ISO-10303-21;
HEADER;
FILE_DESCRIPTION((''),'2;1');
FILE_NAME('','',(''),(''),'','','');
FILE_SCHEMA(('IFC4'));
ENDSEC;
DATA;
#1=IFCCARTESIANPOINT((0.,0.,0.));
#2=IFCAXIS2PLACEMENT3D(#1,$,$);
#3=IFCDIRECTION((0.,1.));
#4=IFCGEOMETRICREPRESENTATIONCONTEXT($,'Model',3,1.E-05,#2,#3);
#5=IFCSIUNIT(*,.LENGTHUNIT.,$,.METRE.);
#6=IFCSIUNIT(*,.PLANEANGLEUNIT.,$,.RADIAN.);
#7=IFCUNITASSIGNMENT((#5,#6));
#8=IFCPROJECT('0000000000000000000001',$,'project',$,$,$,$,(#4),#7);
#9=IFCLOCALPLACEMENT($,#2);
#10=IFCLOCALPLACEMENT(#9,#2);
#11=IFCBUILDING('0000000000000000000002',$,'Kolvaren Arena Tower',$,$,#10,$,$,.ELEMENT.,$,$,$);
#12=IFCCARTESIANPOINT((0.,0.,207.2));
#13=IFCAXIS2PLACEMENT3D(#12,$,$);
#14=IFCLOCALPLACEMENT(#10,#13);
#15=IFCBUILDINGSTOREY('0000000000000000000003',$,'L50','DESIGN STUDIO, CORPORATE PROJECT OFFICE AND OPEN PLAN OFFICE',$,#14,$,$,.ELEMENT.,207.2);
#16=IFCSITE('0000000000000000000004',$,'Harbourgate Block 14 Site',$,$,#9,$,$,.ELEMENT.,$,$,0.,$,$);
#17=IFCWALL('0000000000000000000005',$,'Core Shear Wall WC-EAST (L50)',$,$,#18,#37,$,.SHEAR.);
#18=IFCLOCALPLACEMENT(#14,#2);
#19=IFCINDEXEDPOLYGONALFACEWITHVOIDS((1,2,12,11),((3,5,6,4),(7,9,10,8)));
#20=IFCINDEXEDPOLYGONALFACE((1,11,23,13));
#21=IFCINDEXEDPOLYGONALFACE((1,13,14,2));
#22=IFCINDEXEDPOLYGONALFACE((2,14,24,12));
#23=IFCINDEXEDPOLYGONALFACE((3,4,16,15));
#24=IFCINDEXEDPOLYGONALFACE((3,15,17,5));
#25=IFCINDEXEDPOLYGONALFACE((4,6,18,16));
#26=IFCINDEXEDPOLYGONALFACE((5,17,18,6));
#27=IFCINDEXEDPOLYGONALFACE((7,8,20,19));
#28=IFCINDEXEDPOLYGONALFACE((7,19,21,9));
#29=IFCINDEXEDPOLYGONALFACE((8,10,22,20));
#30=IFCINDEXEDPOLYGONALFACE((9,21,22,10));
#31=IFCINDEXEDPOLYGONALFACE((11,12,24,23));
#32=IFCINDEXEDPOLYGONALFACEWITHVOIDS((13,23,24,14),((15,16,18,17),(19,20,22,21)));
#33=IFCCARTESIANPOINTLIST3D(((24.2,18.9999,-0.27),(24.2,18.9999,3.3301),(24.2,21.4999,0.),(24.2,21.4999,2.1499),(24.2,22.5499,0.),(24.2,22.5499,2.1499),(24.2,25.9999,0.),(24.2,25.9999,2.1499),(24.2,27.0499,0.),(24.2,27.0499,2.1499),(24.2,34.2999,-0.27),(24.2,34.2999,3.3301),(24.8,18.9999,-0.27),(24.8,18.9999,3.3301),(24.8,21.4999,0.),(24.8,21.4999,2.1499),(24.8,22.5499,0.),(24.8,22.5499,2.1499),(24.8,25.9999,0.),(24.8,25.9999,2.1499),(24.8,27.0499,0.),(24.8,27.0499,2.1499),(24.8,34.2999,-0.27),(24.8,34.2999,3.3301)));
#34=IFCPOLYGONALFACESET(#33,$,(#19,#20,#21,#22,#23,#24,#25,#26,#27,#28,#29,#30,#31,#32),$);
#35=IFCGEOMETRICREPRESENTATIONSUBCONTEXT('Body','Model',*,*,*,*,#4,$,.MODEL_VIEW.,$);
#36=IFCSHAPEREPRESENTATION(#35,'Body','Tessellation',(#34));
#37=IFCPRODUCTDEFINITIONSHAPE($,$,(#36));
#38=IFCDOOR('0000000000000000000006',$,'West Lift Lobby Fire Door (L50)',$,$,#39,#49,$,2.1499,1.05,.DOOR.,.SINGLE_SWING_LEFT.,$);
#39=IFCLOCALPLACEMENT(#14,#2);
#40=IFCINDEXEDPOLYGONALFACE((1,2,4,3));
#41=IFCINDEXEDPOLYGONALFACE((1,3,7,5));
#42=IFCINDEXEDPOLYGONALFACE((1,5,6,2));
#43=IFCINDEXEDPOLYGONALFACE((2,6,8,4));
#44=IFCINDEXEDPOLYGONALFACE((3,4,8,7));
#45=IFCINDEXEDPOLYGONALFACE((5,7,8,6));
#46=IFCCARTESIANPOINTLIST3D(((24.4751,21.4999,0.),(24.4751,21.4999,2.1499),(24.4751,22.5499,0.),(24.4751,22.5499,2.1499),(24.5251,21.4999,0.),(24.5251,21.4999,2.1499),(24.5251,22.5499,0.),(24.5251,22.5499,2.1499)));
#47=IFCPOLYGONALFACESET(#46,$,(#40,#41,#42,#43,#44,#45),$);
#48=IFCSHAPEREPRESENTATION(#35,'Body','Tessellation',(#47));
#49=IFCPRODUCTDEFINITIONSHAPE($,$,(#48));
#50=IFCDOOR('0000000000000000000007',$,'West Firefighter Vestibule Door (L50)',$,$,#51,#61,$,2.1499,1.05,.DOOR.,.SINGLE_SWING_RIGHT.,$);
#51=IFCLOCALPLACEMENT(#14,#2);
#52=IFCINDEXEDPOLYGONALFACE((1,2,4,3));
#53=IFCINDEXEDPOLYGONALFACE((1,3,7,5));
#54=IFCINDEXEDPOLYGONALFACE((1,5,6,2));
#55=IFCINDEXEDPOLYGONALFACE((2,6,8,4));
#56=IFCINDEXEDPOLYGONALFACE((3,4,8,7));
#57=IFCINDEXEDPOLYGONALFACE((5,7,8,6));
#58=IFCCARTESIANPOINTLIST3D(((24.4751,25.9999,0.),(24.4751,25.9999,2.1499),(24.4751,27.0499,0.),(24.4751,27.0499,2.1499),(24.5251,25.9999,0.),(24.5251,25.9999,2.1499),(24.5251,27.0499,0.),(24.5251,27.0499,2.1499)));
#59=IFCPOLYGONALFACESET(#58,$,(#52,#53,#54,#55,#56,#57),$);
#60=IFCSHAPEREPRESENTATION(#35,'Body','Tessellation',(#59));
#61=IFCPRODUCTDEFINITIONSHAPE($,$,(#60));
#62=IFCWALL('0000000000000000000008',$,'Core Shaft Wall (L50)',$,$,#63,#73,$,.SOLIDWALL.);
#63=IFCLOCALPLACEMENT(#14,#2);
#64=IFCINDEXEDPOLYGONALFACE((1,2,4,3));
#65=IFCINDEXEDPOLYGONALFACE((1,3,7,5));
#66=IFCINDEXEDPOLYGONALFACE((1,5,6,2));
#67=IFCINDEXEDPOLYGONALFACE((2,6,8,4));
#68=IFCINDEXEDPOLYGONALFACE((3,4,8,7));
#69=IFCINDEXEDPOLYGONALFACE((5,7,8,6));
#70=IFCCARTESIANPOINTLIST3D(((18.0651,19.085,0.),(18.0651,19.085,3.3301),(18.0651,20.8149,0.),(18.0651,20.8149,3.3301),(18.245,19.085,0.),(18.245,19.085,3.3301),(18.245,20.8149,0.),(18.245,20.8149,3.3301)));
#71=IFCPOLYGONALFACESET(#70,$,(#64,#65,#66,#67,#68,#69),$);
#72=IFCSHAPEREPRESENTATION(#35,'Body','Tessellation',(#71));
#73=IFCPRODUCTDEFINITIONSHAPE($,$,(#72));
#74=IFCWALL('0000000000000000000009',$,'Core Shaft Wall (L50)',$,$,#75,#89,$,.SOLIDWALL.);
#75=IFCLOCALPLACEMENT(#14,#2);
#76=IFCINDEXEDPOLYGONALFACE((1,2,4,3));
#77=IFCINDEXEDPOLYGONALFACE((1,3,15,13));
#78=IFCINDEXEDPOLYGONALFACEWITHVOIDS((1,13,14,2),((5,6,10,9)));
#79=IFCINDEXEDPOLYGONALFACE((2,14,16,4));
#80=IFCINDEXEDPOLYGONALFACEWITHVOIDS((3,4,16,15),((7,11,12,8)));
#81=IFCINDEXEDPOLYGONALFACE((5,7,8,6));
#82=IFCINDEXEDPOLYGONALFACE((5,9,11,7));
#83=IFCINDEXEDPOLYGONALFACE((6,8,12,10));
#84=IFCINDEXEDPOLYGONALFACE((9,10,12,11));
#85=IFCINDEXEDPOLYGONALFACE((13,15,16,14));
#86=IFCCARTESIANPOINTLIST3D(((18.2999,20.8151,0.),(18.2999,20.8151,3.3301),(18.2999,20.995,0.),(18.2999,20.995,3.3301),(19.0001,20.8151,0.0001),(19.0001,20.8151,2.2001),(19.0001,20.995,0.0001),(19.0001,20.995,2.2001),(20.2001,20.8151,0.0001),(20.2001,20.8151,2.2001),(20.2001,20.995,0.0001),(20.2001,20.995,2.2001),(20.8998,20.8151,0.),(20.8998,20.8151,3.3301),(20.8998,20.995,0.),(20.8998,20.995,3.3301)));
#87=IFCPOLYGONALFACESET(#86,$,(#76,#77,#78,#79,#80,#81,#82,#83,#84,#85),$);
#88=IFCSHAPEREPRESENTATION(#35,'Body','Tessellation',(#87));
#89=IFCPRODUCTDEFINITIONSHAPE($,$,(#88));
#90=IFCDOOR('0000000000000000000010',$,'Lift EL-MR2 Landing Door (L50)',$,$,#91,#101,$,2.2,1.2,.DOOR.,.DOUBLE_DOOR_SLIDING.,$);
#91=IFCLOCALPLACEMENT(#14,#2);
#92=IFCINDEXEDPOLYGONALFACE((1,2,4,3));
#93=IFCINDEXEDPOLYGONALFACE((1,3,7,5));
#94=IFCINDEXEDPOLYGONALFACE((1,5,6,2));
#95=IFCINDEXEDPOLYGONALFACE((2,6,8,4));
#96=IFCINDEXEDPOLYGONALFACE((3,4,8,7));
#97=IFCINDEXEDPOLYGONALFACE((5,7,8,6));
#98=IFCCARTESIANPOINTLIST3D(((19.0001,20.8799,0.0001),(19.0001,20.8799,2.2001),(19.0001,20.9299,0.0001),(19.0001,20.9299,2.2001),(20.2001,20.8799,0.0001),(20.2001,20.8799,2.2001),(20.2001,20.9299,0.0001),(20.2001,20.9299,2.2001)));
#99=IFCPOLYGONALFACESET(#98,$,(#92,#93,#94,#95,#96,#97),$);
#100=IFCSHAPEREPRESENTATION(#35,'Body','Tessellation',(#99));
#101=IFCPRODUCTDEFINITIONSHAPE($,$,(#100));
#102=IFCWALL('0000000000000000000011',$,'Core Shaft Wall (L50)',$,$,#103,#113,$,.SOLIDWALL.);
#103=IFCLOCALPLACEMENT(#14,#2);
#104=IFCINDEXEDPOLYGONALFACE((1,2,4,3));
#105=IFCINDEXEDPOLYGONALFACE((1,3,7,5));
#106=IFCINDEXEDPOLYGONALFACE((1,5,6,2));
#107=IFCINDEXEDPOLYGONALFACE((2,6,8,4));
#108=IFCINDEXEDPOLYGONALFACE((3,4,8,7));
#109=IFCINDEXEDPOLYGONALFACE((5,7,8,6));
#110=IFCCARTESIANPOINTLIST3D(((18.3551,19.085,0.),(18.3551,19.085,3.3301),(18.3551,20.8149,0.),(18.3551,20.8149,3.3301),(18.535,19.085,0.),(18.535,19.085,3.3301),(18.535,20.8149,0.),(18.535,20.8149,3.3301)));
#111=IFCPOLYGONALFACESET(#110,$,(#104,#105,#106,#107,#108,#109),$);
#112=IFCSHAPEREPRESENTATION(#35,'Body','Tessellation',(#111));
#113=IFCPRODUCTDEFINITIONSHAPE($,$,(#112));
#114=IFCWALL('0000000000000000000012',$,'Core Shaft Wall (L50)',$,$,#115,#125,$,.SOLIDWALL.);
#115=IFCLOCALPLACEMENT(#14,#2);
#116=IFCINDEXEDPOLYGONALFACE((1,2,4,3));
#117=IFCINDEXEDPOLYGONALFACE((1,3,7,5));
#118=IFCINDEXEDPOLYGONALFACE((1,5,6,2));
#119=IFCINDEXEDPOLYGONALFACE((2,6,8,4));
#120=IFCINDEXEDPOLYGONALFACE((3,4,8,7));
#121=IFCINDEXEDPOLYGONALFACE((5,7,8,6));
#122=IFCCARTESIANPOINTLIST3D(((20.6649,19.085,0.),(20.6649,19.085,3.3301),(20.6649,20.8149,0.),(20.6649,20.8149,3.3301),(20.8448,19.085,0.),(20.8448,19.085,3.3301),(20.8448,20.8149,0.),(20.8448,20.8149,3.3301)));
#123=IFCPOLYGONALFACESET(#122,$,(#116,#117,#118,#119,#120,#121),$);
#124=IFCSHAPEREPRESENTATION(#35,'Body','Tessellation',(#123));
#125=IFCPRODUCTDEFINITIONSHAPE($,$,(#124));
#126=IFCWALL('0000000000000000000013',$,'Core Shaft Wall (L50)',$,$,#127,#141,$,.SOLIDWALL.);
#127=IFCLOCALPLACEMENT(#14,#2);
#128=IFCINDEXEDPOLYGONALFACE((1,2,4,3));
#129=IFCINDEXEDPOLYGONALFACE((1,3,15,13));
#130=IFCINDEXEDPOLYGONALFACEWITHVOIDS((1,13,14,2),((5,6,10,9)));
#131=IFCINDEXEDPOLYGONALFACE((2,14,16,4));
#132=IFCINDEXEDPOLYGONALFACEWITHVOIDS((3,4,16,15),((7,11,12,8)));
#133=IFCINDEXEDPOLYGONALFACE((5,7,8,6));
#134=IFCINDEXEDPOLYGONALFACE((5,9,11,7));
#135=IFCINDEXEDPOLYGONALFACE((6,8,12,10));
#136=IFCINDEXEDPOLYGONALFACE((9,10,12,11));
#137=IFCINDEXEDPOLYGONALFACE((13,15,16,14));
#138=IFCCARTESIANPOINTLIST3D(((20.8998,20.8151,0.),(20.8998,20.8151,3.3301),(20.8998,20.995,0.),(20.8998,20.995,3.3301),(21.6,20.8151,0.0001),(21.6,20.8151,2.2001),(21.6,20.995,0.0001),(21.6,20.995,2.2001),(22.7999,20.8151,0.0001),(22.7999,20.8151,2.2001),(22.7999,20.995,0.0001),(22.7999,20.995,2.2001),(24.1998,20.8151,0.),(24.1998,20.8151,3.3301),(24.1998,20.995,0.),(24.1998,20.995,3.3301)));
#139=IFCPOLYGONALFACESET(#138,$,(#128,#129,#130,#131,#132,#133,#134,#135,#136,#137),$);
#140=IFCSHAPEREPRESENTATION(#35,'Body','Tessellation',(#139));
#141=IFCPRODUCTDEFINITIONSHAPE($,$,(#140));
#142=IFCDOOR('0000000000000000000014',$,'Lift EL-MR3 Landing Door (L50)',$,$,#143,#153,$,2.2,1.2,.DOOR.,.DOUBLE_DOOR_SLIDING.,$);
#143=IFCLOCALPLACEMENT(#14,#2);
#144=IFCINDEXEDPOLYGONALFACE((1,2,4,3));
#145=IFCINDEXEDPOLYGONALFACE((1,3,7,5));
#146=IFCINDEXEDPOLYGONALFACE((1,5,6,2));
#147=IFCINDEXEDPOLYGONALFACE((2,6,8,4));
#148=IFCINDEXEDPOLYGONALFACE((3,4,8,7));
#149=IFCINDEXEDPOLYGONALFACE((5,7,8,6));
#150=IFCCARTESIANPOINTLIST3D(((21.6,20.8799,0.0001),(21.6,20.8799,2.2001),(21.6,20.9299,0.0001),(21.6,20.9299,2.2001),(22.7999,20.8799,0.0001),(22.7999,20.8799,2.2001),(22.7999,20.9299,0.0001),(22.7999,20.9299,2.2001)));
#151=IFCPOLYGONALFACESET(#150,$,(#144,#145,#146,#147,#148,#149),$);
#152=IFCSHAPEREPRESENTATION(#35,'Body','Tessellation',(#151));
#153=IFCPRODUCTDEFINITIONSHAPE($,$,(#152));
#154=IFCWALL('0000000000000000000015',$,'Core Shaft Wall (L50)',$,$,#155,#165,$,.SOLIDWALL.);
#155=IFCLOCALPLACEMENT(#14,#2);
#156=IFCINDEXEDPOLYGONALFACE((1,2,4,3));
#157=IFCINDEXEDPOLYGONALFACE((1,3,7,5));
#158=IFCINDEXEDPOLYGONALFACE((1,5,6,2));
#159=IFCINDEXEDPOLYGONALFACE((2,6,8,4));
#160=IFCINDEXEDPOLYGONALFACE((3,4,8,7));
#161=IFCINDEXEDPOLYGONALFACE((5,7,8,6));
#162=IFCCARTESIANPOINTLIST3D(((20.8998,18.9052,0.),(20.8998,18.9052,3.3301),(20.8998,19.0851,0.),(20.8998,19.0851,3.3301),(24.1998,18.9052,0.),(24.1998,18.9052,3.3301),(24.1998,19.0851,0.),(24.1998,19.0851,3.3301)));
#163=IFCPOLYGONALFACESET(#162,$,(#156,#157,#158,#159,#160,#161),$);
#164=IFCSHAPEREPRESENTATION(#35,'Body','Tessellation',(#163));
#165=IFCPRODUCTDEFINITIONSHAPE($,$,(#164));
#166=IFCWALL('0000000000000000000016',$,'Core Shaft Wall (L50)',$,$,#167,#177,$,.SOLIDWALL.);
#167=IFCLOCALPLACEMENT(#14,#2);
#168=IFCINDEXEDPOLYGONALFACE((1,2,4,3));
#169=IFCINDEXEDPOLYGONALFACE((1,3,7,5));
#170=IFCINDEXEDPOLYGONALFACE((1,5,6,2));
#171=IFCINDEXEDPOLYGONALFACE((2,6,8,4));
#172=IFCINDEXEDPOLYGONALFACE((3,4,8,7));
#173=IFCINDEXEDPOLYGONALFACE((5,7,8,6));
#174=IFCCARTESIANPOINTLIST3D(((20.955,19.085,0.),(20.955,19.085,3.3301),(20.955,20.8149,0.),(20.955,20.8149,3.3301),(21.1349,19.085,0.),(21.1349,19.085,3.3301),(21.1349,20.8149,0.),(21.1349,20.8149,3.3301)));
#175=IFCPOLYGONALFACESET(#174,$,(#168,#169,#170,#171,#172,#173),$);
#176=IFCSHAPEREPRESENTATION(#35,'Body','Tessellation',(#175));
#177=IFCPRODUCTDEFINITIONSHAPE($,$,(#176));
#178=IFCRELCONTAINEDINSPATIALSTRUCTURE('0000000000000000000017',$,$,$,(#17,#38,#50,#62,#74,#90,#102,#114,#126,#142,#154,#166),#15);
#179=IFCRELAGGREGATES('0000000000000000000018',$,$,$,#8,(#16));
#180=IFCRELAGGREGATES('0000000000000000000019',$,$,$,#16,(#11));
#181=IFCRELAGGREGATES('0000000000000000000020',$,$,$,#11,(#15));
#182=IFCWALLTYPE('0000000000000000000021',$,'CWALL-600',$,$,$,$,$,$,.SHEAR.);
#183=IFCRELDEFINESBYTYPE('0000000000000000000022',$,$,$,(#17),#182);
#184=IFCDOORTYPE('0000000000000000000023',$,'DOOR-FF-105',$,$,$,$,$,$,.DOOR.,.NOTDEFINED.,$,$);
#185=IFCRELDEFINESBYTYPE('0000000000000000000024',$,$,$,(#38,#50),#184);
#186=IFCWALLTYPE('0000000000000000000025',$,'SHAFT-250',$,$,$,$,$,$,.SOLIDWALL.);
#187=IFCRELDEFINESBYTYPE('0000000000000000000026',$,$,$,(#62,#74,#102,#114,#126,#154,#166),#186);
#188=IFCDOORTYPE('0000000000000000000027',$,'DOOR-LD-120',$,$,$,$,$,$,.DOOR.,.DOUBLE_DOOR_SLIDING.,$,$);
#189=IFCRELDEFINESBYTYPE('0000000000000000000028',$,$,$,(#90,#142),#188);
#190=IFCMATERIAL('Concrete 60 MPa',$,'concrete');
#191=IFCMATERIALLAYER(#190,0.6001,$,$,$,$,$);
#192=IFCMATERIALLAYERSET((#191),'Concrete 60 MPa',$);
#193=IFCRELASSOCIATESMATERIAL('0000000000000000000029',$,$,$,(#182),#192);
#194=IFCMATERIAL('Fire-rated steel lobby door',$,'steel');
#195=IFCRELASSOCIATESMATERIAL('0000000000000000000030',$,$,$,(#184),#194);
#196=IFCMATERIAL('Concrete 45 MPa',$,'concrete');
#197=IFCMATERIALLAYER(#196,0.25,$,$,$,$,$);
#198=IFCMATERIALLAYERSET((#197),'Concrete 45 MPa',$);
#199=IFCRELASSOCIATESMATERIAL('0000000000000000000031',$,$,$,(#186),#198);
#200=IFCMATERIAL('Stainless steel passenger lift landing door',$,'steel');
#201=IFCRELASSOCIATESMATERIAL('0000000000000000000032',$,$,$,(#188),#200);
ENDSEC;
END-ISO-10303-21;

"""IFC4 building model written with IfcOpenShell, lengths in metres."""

from ifc_helpers import new_model, si_unit, direction, frame, frame_2d, origin, place, context, subcontext, project, spatial, rectangle, extrude, material, layer, layer_set, type_object, element, fill, save


model = new_model("IFC4")

# Units and contexts
model_context = context("Model", 3, precision=1e-05, world=origin(), true_north=direction((0.0, 1.0)))
body_context = subcontext(model_context, "Body", "Model", "MODEL_VIEW")
ifc_project = project(units=[si_unit("LENGTHUNIT", "METRE"), si_unit("PLANEANGLEUNIT", "RADIAN")], contexts=[model_context])

# Site, building, storey
site_placement = place(None, origin())
site = spatial("IfcSite", under=ifc_project, at=site_placement, Name="Harbourgate Block 14 Site", CompositionType="ELEMENT", RefElevation=0.0)
building_placement = place(site_placement, origin())
building = spatial("IfcBuilding", under=site, at=building_placement, Name="Kolvaren Arena Tower", CompositionType="ELEMENT")
storey_placement = place(building_placement, frame((0.0, 0.0, 207.2)))
storey = spatial("IfcBuildingStorey", under=building, at=storey_placement, Name="L50", Description="DESIGN STUDIO, CORPORATE PROJECT OFFICE AND OPEN PLAN OFFICE", CompositionType="ELEMENT", Elevation=207.2)

# Wall, openings, doors
ifc_material_1 = material(Name="Concrete 60 MPa", Category="concrete")
ifc_layer_1 = layer(ifc_material_1, 0.6001)
ifc_layer_set_1 = layer_set([ifc_layer_1], Name="Concrete 60 MPa")
wall_type_1 = type_object("IfcWallType", Name="CWALL-600", PredefinedType="SHEAR", material=ifc_layer_set_1)
wall_1_placement = place(storey_placement, frame((24.5, 19.0, -0.27), z_axis=(0.0, 0.0, 1.0), x_axis=(0.0, 1.0, 0.0)))
wall_1 = element("IfcWall", 1, at=wall_1_placement, inside=storey, type_object=wall_type_1, Name="Core Shear Wall WC-EAST (L50)", PredefinedType="SHEAR", context=body_context, shape_type="SweptSolid", body=[
    extrude(rectangle(XDim=15.3, YDim=0.6001, at=frame_2d((7.6499, 0.0))), origin(), (0.0, 0.0, 1.0), 3.6001),
])
opening_1_placement = place(wall_1_placement, frame((2.5, 0.0, 0.27)))
opening_1 = element("IfcOpeningElement", 2, at=opening_1_placement, cuts=wall_1, PredefinedType="OPENING", context=body_context, shape_type="SweptSolid", body=[
    extrude(rectangle(XDim=1.05, YDim=2.1499, at=frame_2d((0.5249, 1.075))), frame((0.0, 0.3101, 0.0), z_axis=(0.0, -1.0, 0.0), x_axis=(1.0, 0.0, 0.0)), (0.0, 0.0, 1.0), 0.6201),
])
opening_2_placement = place(wall_1_placement, frame((7.0, 0.0, 0.27)))
opening_2 = element("IfcOpeningElement", 3, at=opening_2_placement, cuts=wall_1, PredefinedType="OPENING", context=body_context, shape_type="SweptSolid", body=[
    extrude(rectangle(XDim=1.05, YDim=2.1499, at=frame_2d((0.5249, 1.075))), frame((0.0, 0.3101, 0.0), z_axis=(0.0, -1.0, 0.0), x_axis=(1.0, 0.0, 0.0)), (0.0, 0.0, 1.0), 0.6201),
])
ifc_material_2 = material(Name="Fire-rated steel lobby door", Category="steel")
door_type_1 = type_object("IfcDoorType", Name="DOOR-FF-105", OperationType="NOTDEFINED", PredefinedType="DOOR", material=ifc_material_2)
door_1_placement = place(opening_1_placement, origin())
door_1 = element("IfcDoor", 4, at=door_1_placement, inside=storey, type_object=door_type_1, Name="West Lift Lobby Fire Door (L50)", OperationType="SINGLE_SWING_LEFT", OverallHeight=2.1499, OverallWidth=1.05, PredefinedType="DOOR", context=body_context, shape_type="SweptSolid", body=[
    extrude(rectangle(XDim=1.05, YDim=2.1499, at=frame_2d((0.5249, 1.075))), frame((0.0, 0.0249, 0.0), z_axis=(0.0, -1.0, 0.0), x_axis=(1.0, 0.0, 0.0)), (0.0, 0.0, 1.0), 0.05),
])
fill(opening_1, door_1)
door_2_placement = place(opening_2_placement, origin())
door_2 = element("IfcDoor", 5, at=door_2_placement, inside=storey, type_object=door_type_1, Name="West Firefighter Vestibule Door (L50)", OperationType="SINGLE_SWING_RIGHT", OverallHeight=2.1499, OverallWidth=1.05, PredefinedType="DOOR", context=body_context, shape_type="SweptSolid", body=[
    extrude(rectangle(XDim=1.05, YDim=2.1499, at=frame_2d((0.5249, 1.075))), frame((0.0, 0.0249, 0.0), z_axis=(0.0, -1.0, 0.0), x_axis=(1.0, 0.0, 0.0)), (0.0, 0.0, 1.0), 0.05),
])
fill(opening_2, door_2)

# Wall
ifc_material_3 = material(Name="Concrete 45 MPa", Category="concrete")
ifc_layer_2 = layer(ifc_material_3, 0.25)
ifc_layer_set_2 = layer_set([ifc_layer_2], Name="Concrete 45 MPa")
wall_type_2 = type_object("IfcWallType", Name="SHAFT-250", PredefinedType="SOLIDWALL", material=ifc_layer_set_2)
wall_2_placement = place(storey_placement, frame((18.155, 19.085, 0.0), z_axis=(0.0, 0.0, 1.0), x_axis=(0.0, 1.0, 0.0)))
element("IfcWall", 6, at=wall_2_placement, inside=storey, type_object=wall_type_2, Name="Core Shaft Wall (L50)", PredefinedType="SOLIDWALL", context=body_context, shape_type="SweptSolid", body=[
    extrude(rectangle(XDim=1.73, YDim=0.1799, at=frame_2d((0.865, 0.0))), origin(), (0.0, 0.0, 1.0), 3.3301),
])

# Wall, opening, door
wall_3_placement = place(storey_placement, frame((18.3, 20.905, 0.0), z_axis=(0.0, 0.0, 1.0), x_axis=(1.0, 0.0, 0.0)))
wall_3 = element("IfcWall", 7, at=wall_3_placement, inside=storey, type_object=wall_type_2, Name="Core Shaft Wall (L50)", PredefinedType="SOLIDWALL", context=body_context, shape_type="SweptSolid", body=[
    extrude(rectangle(XDim=2.5999, YDim=0.1799, at=frame_2d((1.2998, 0.0))), origin(), (0.0, 0.0, 1.0), 3.3301),
])
opening_3_placement = place(wall_3_placement, frame((0.7, 0.0, 0.0)))
opening_3 = element("IfcOpeningElement", 8, at=opening_3_placement, cuts=wall_3, PredefinedType="OPENING", context=body_context, shape_type="SweptSolid", body=[
    extrude(rectangle(XDim=1.2, YDim=2.2, at=frame_2d((0.6001, 1.1001))), frame((0.0, 0.0999, 0.0), z_axis=(0.0, -1.0, 0.0), x_axis=(1.0, 0.0, 0.0)), (0.0, 0.0, 1.0), 0.2),
])
ifc_material_4 = material(Name="Stainless steel passenger lift landing door", Category="steel")
door_type_2 = type_object("IfcDoorType", Name="DOOR-LD-120", OperationType="DOUBLE_DOOR_SLIDING", PredefinedType="DOOR", material=ifc_material_4)
door_3_placement = place(opening_3_placement, origin())
door_3 = element("IfcDoor", 9, at=door_3_placement, inside=storey, type_object=door_type_2, Name="Lift EL-MR2 Landing Door (L50)", OperationType="DOUBLE_DOOR_SLIDING", OverallHeight=2.2, OverallWidth=1.2, PredefinedType="DOOR", context=body_context, shape_type="SweptSolid", body=[
    extrude(rectangle(XDim=1.2, YDim=2.2, at=frame_2d((0.6001, 1.1001))), frame((0.0, 0.0249, 0.0), z_axis=(0.0, -1.0, 0.0), x_axis=(1.0, 0.0, 0.0)), (0.0, 0.0, 1.0), 0.05),
])
fill(opening_3, door_3)

# Walls
for number, where, z_axis, x_axis, name in (
    (10, (18.4451, 19.085, 0.0), (0.0, 0.0, 1.0), (0.0, 1.0, 0.0), "Core Shaft Wall (L50)"),
    (11, (20.7549, 19.085, 0.0), (0.0, 0.0, 1.0), (0.0, 1.0, 0.0), "Core Shaft Wall (L50)"),
):
    element("IfcWall", number, at=place(storey_placement, frame(where, z_axis=z_axis, x_axis=x_axis)), inside=storey, type_object=wall_type_2, Name=name, PredefinedType="SOLIDWALL", context=body_context, shape_type="SweptSolid", body=[
        extrude(rectangle(XDim=1.73, YDim=0.1799, at=frame_2d((0.865, 0.0))), origin(), (0.0, 0.0, 1.0), 3.3301),
    ])

# Wall, opening, door
wall_4_placement = place(storey_placement, frame((20.8999, 20.905, 0.0), z_axis=(0.0, 0.0, 1.0), x_axis=(1.0, 0.0, 0.0)))
wall_4 = element("IfcWall", 12, at=wall_4_placement, inside=storey, type_object=wall_type_2, Name="Core Shaft Wall (L50)", PredefinedType="SOLIDWALL", context=body_context, shape_type="SweptSolid", body=[
    extrude(rectangle(XDim=3.3, YDim=0.1799, at=frame_2d((1.6499, 0.0))), origin(), (0.0, 0.0, 1.0), 3.3301),
])
opening_4_placement = place(wall_4_placement, frame((0.7, 0.0, 0.0)))
opening_4 = element("IfcOpeningElement", 13, at=opening_4_placement, cuts=wall_4, PredefinedType="OPENING", context=body_context, shape_type="SweptSolid", body=[
    extrude(rectangle(XDim=1.2, YDim=2.2, at=frame_2d((0.6001, 1.1001))), frame((0.0, 0.0999, 0.0), z_axis=(0.0, -1.0, 0.0), x_axis=(1.0, 0.0, 0.0)), (0.0, 0.0, 1.0), 0.2),
])
door_4_placement = place(opening_4_placement, origin())
door_4 = element("IfcDoor", 14, at=door_4_placement, inside=storey, type_object=door_type_2, Name="Lift EL-MR3 Landing Door (L50)", OperationType="DOUBLE_DOOR_SLIDING", OverallHeight=2.2, OverallWidth=1.2, PredefinedType="DOOR", context=body_context, shape_type="SweptSolid", body=[
    extrude(rectangle(XDim=1.2, YDim=2.2, at=frame_2d((0.6001, 1.1001))), frame((0.0, 0.0249, 0.0), z_axis=(0.0, -1.0, 0.0), x_axis=(1.0, 0.0, 0.0)), (0.0, 0.0, 1.0), 0.05),
])
fill(opening_4, door_4)

# Walls
wall_5_placement = place(storey_placement, frame((20.8999, 18.9951, 0.0), z_axis=(0.0, 0.0, 1.0), x_axis=(1.0, 0.0, 0.0)))
element("IfcWall", 15, at=wall_5_placement, inside=storey, type_object=wall_type_2, Name="Core Shaft Wall (L50)", PredefinedType="SOLIDWALL", context=body_context, shape_type="SweptSolid", body=[
    extrude(rectangle(XDim=3.3, YDim=0.1799, at=frame_2d((1.6499, 0.0))), origin(), (0.0, 0.0, 1.0), 3.3301),
])
for number, where, z_axis, x_axis, name in (
    (16, (21.0449, 19.085, 0.0), (0.0, 0.0, 1.0), (0.0, 1.0, 0.0), "Core Shaft Wall (L50)"),
):
    element("IfcWall", number, at=place(storey_placement, frame(where, z_axis=z_axis, x_axis=x_axis)), inside=storey, type_object=wall_type_2, Name=name, PredefinedType="SOLIDWALL", context=body_context, shape_type="SweptSolid", body=[
        extrude(rectangle(XDim=1.73, YDim=0.1799, at=frame_2d((0.865, 0.0))), origin(), (0.0, 0.0, 1.0), 3.3301),
    ])

save(model, "model.ifc")
